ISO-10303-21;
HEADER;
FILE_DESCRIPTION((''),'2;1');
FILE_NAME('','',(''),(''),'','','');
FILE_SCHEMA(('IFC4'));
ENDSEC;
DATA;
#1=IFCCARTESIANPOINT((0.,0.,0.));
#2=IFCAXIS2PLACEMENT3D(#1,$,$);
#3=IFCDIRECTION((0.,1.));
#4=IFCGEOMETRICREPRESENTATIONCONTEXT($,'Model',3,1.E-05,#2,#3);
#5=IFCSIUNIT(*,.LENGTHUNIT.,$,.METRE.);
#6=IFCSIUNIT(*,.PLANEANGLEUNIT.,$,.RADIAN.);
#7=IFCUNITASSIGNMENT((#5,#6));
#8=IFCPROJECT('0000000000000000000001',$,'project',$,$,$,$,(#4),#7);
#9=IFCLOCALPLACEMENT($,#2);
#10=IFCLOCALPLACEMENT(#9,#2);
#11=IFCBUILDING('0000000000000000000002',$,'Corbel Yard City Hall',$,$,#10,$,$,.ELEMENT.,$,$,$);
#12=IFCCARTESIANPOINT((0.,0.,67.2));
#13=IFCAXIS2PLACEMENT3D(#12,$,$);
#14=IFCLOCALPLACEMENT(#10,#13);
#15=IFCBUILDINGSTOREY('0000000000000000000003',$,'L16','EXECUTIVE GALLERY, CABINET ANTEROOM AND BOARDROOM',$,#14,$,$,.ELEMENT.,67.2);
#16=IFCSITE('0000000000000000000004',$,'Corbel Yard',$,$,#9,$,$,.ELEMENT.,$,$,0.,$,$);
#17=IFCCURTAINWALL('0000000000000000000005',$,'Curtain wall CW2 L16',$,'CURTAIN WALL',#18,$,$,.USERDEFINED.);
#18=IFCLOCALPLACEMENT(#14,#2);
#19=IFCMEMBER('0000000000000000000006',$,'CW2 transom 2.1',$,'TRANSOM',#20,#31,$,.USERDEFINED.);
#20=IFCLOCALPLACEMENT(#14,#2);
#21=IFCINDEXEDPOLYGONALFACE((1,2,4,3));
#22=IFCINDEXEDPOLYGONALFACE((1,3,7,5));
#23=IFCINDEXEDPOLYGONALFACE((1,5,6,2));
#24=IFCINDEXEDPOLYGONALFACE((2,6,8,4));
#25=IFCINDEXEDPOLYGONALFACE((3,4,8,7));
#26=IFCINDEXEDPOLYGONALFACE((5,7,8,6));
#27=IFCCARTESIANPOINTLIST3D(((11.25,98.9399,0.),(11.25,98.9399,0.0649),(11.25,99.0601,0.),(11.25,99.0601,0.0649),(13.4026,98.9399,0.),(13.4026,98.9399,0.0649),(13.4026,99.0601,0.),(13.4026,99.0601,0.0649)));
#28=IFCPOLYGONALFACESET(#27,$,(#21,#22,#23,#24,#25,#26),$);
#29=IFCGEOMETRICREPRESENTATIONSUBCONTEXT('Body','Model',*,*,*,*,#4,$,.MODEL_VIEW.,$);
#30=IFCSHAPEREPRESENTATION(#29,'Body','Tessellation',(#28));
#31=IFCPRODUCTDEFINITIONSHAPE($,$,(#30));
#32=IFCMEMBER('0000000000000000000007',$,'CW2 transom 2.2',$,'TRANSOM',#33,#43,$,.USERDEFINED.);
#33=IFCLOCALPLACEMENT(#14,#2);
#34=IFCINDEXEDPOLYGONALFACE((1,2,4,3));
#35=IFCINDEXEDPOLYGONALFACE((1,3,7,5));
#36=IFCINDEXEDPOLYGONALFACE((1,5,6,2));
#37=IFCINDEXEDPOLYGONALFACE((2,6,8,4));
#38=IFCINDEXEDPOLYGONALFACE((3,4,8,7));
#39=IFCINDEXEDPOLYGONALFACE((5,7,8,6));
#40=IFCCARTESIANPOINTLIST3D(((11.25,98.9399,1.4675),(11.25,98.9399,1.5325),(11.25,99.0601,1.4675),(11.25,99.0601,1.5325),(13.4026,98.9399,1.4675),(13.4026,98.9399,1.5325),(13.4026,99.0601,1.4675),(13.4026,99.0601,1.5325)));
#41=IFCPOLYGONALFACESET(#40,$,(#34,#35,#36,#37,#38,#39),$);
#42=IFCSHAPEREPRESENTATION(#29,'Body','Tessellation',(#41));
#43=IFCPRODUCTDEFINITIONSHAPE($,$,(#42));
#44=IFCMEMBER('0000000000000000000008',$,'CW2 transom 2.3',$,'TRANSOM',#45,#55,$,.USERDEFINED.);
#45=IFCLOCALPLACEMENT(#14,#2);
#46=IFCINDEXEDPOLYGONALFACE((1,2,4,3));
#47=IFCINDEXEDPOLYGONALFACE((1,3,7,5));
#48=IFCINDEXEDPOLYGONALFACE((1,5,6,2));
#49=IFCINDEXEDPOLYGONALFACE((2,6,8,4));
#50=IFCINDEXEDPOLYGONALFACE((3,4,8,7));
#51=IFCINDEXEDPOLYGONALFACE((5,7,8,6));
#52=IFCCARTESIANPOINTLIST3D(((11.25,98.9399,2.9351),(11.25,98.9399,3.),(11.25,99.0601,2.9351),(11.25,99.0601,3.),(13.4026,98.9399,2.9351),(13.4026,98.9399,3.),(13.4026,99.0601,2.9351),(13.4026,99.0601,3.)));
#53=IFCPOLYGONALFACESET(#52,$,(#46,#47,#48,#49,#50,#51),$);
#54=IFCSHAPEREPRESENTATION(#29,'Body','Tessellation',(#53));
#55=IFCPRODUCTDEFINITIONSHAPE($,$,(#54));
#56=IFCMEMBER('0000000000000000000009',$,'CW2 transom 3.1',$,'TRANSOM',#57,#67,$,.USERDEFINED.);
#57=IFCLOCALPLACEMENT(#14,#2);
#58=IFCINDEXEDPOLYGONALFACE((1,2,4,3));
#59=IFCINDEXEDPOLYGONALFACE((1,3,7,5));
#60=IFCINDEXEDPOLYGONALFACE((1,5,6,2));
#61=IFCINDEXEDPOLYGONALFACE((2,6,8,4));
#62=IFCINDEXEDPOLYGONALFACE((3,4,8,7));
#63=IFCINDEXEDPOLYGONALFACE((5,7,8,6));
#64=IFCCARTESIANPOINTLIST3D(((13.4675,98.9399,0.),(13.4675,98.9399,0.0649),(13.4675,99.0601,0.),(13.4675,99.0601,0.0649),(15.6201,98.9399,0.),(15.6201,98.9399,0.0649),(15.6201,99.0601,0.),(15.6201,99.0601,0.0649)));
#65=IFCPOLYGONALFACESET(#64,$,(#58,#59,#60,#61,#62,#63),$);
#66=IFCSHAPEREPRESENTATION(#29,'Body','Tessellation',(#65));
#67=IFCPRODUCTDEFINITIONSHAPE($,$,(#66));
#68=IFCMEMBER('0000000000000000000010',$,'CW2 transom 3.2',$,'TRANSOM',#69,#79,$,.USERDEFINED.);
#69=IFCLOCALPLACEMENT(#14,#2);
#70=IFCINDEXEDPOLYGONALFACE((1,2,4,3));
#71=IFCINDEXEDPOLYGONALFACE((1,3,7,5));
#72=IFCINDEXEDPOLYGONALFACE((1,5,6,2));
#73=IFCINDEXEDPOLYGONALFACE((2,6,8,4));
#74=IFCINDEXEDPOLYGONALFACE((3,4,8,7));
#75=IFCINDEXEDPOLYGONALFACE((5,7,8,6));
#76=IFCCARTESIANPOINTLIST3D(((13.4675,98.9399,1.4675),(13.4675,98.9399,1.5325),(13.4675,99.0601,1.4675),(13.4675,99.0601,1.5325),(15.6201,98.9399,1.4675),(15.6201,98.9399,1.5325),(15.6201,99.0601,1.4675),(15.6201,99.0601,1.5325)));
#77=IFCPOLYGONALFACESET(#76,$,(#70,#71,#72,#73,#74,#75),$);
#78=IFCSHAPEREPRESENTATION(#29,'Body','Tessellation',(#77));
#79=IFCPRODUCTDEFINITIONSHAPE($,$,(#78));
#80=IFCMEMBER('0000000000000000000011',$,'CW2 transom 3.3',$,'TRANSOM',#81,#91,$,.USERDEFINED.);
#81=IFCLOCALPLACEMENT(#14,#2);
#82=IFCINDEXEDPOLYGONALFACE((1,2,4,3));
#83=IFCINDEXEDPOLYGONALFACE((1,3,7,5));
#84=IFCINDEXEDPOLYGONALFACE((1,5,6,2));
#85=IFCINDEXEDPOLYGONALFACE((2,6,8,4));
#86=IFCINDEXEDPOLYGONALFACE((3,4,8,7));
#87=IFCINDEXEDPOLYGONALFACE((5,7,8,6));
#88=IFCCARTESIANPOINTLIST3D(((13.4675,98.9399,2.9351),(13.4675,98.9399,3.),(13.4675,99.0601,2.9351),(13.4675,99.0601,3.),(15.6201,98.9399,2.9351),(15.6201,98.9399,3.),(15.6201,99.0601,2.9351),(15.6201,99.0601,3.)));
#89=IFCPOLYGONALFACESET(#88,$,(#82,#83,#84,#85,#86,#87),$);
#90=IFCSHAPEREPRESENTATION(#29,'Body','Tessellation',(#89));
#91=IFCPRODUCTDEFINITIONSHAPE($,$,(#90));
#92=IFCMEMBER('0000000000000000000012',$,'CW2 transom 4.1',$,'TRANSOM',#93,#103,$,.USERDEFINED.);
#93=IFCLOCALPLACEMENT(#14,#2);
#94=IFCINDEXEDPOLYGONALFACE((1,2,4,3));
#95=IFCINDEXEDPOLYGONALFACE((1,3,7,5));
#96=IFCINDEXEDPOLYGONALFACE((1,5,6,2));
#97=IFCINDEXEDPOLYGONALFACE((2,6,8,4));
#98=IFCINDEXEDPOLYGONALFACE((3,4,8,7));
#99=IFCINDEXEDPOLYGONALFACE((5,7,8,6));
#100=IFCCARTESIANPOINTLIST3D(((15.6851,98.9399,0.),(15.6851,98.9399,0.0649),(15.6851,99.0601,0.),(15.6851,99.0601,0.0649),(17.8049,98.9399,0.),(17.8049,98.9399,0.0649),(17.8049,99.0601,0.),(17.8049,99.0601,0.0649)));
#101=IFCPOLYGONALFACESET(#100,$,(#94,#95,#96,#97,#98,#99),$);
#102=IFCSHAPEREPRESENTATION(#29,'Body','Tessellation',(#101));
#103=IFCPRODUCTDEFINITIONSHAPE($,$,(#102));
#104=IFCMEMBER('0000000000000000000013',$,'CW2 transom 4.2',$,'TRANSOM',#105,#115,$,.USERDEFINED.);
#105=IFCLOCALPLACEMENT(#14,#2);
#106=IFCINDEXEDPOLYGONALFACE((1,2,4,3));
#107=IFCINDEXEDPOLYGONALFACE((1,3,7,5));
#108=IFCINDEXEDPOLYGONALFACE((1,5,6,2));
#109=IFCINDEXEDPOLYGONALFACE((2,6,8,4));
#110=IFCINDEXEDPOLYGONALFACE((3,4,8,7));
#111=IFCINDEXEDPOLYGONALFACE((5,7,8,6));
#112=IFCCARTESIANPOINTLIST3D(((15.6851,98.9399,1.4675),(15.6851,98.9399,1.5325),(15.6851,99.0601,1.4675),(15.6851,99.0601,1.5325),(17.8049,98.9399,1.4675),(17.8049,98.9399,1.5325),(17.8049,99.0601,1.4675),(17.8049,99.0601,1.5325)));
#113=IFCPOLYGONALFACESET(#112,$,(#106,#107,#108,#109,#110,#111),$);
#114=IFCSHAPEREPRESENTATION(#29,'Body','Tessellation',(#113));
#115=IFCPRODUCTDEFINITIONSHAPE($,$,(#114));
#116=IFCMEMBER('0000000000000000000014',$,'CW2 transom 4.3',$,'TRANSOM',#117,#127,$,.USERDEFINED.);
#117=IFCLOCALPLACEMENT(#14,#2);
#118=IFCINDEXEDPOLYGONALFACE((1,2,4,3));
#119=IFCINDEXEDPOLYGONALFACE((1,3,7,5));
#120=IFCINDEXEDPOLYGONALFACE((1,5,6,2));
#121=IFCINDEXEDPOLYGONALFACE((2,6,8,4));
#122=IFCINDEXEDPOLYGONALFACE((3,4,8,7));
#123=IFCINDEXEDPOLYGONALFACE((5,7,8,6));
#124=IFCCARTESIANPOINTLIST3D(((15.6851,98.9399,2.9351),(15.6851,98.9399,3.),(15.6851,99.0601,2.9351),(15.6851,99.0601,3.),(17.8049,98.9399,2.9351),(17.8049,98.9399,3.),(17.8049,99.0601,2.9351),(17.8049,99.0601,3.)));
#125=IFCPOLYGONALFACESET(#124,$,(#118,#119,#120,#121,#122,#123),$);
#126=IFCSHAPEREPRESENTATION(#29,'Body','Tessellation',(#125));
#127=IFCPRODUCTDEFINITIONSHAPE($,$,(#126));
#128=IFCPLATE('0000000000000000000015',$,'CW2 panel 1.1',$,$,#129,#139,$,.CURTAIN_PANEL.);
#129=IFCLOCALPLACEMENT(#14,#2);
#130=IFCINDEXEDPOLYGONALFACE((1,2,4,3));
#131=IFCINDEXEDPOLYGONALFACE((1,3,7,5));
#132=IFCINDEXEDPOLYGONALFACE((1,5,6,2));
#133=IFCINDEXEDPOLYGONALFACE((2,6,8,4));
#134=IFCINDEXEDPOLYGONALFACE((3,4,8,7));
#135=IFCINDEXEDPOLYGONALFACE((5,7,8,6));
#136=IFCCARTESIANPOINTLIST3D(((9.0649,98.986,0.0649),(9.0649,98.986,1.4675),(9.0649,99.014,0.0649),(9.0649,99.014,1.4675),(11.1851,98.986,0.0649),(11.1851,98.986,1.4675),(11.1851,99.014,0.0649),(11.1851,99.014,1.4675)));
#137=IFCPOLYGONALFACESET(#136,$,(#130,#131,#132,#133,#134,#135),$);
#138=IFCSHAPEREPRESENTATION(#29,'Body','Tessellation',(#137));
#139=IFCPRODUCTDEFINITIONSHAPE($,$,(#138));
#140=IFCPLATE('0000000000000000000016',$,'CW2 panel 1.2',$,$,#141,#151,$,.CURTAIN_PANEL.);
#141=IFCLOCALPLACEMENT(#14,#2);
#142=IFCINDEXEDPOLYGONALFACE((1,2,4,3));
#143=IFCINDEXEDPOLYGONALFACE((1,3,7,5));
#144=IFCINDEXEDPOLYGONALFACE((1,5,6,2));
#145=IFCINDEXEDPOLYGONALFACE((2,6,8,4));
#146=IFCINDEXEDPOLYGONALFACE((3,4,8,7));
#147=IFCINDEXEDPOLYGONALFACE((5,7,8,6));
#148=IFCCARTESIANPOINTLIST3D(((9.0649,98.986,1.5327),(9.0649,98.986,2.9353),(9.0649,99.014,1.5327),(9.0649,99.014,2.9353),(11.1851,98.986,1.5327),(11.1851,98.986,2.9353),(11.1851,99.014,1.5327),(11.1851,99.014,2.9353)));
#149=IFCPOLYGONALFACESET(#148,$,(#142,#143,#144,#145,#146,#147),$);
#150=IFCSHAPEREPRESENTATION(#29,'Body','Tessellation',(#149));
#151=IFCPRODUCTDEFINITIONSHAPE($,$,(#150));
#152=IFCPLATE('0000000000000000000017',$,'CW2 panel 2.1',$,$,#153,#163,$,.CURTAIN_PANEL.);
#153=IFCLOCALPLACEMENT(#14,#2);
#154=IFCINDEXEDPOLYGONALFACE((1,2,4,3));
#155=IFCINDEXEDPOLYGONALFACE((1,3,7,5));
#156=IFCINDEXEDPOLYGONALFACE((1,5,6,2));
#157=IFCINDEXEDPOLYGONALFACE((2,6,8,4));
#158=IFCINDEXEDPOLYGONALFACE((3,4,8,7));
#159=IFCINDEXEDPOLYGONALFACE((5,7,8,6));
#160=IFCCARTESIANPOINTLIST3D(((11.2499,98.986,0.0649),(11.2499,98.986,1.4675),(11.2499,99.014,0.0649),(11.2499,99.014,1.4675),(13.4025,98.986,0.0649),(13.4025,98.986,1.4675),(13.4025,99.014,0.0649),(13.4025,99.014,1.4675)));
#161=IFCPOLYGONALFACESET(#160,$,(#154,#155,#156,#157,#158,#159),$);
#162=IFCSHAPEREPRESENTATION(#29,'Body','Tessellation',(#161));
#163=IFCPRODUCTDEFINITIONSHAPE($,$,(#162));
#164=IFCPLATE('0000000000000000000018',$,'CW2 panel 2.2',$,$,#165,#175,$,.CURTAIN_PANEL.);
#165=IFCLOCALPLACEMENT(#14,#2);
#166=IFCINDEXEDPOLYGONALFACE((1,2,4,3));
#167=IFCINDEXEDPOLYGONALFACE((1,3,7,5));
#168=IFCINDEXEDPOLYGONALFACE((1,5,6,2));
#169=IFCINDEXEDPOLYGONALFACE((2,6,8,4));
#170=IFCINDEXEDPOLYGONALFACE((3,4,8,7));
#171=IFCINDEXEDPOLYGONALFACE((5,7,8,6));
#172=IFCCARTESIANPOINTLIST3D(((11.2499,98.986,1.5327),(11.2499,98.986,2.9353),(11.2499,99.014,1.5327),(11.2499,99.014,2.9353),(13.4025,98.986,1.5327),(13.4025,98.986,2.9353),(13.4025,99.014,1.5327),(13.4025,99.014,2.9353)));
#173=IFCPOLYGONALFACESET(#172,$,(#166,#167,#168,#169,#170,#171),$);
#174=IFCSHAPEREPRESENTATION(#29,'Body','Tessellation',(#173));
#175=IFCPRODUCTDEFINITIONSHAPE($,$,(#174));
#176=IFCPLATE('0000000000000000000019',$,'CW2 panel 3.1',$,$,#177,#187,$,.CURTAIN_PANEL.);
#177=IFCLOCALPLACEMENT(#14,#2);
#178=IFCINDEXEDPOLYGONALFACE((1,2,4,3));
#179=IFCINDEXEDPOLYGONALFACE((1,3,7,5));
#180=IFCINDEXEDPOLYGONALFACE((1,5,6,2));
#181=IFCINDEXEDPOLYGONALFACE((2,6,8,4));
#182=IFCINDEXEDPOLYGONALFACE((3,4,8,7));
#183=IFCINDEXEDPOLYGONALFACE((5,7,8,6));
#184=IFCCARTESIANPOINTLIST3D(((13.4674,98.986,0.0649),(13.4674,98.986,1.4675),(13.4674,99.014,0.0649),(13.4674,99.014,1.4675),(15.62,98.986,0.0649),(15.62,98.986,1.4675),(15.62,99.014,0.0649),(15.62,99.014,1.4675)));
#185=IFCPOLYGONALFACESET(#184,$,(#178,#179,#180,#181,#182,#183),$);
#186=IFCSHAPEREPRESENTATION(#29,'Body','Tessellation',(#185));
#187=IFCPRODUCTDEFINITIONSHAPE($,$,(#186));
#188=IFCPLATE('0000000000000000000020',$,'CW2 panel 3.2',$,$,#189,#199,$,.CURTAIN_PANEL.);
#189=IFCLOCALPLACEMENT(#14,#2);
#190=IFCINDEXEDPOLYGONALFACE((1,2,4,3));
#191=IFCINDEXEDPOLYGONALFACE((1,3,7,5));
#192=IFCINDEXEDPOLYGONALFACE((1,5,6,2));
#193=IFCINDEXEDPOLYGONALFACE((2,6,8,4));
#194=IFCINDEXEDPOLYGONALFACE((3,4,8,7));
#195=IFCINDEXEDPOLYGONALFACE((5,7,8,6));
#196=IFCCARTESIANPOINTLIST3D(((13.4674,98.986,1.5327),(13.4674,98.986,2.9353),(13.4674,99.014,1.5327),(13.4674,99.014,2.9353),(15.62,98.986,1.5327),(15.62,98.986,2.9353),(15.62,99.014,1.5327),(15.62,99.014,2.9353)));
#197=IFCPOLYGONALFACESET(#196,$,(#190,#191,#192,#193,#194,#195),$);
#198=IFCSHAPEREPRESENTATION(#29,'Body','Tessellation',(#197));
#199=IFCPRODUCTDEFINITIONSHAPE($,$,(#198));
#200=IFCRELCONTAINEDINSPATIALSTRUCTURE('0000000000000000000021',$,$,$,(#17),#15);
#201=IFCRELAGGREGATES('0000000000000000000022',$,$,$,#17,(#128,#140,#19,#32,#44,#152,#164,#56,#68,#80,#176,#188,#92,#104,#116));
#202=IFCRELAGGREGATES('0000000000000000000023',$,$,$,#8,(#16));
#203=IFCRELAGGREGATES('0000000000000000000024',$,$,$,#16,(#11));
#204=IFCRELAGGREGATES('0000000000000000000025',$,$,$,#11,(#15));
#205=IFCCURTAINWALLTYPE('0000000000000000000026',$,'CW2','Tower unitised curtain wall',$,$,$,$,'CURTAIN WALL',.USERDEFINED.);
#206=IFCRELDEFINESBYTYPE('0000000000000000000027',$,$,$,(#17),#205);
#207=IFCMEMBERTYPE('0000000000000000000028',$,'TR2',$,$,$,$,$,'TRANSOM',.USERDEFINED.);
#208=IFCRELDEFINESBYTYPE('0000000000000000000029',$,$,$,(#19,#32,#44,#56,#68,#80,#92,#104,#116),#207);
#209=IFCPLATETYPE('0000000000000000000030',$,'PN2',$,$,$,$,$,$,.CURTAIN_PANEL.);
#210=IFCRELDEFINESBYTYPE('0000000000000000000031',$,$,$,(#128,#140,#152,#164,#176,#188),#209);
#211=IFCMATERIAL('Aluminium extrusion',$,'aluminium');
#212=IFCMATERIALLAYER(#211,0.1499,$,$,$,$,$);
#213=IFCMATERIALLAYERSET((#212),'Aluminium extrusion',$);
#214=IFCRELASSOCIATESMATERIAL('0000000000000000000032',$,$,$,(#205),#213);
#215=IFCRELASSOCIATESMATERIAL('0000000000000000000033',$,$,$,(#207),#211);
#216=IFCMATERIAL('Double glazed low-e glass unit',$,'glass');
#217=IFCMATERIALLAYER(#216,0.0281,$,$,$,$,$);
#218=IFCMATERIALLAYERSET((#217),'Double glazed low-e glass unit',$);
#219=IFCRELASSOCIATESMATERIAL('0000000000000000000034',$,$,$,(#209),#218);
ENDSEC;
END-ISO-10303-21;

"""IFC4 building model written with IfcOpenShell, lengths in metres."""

from ifc_helpers import new_model, si_unit, direction, frame, origin, origin_2d, place, context, subcontext, project, spatial, rectangle, extrude, material, layer, layer_set, material_profile, profile_set, type_object, element, aggregate, save


model = new_model("IFC4")

# Units and contexts
model_context = context("Model", 3, precision=1e-05, world=origin(), true_north=direction((0.0, 1.0)))
body_context = subcontext(model_context, "Body", "Model", "MODEL_VIEW")
ifc_project = project(units=[si_unit("LENGTHUNIT", "METRE"), si_unit("PLANEANGLEUNIT", "RADIAN")], contexts=[model_context])

# Site, building, storey
site_placement = place(None, origin())
site = spatial("IfcSite", under=ifc_project, at=site_placement, Name="Corbel Yard", CompositionType="ELEMENT", RefElevation=0.0)
building_placement = place(site_placement, origin())
building = spatial("IfcBuilding", under=site, at=building_placement, Name="Corbel Yard City Hall", CompositionType="ELEMENT")
storey_placement = place(building_placement, frame((0.0, 0.0, 67.2)))
storey = spatial("IfcBuildingStorey", under=building, at=storey_placement, Name="L16", Description="EXECUTIVE GALLERY, CABINET ANTEROOM AND BOARDROOM", CompositionType="ELEMENT", Elevation=67.2)

# Curtain wall, members, plates
ifc_material_1 = material(Name="Aluminium extrusion", Category="aluminium")
ifc_layer_1 = layer(ifc_material_1, 0.1499)
ifc_layer_set_1 = layer_set([ifc_layer_1], Name="Aluminium extrusion")
curtain_wall_type = type_object("IfcCurtainWallType", Name="CW2", Description="Tower unitised curtain wall", ElementType="CURTAIN WALL", PredefinedType="USERDEFINED", material=ifc_layer_set_1)
curtain_wall_placement = place(storey_placement, origin())
curtain_wall = element("IfcCurtainWall", 1, at=curtain_wall_placement, inside=storey, type_object=curtain_wall_type, Name="Curtain wall CW2 L16", ObjectType="CURTAIN WALL", PredefinedType="USERDEFINED")
ifc_material_profile_1 = material_profile(ifc_material_1, rectangle(XDim=0.1201, YDim=0.0649, at=origin_2d()), Name="120x65")
ifc_profile_set_1 = profile_set([ifc_material_profile_1], Name="Aluminium extrusion")
member_type_1 = type_object("IfcMemberType", Name="TR2", ElementType="TRANSOM", PredefinedType="USERDEFINED", material=ifc_profile_set_1)
member_1_placement = place(storey_placement, frame((11.25, 99.0, 0.0325), z_axis=(1.0, 0.0, 0.0), x_axis=(0.0, 1.0, 0.0)))
member_1 = element("IfcMember", 2, at=member_1_placement, type_object=member_type_1, Name="CW2 transom 2.1", ObjectType="TRANSOM", PredefinedType="USERDEFINED", context=body_context, shape_type="SweptSolid", body=[
    extrude(rectangle(XDim=0.1201, YDim=0.0649, at=origin_2d()), origin(), (0.0, 0.0, 1.0), 2.1526),
])
member_2_placement = place(storey_placement, frame((11.25, 99.0, 1.5), z_axis=(1.0, 0.0, 0.0), x_axis=(0.0, 1.0, 0.0)))
member_2 = element("IfcMember", 3, at=member_2_placement, type_object=member_type_1, Name="CW2 transom 2.2", ObjectType="TRANSOM", PredefinedType="USERDEFINED", context=body_context, shape_type="SweptSolid", body=[
    extrude(rectangle(XDim=0.1201, YDim=0.0649, at=origin_2d()), origin(), (0.0, 0.0, 1.0), 2.1526),
])
member_3_placement = place(storey_placement, frame((11.25, 99.0, 2.9675), z_axis=(1.0, 0.0, 0.0), x_axis=(0.0, 1.0, 0.0)))
member_3 = element("IfcMember", 4, at=member_3_placement, type_object=member_type_1, Name="CW2 transom 2.3", ObjectType="TRANSOM", PredefinedType="USERDEFINED", context=body_context, shape_type="SweptSolid", body=[
    extrude(rectangle(XDim=0.1201, YDim=0.0649, at=origin_2d()), origin(), (0.0, 0.0, 1.0), 2.1526),
])
member_4_placement = place(storey_placement, frame((13.4675, 99.0, 0.0325), z_axis=(1.0, 0.0, 0.0), x_axis=(0.0, 1.0, 0.0)))
member_4 = element("IfcMember", 5, at=member_4_placement, type_object=member_type_1, Name="CW2 transom 3.1", ObjectType="TRANSOM", PredefinedType="USERDEFINED", context=body_context, shape_type="SweptSolid", body=[
    extrude(rectangle(XDim=0.1201, YDim=0.0649, at=origin_2d()), origin(), (0.0, 0.0, 1.0), 2.1526),
])
member_5_placement = place(storey_placement, frame((13.4675, 99.0, 1.5), z_axis=(1.0, 0.0, 0.0), x_axis=(0.0, 1.0, 0.0)))
member_5 = element("IfcMember", 6, at=member_5_placement, type_object=member_type_1, Name="CW2 transom 3.2", ObjectType="TRANSOM", PredefinedType="USERDEFINED", context=body_context, shape_type="SweptSolid", body=[
    extrude(rectangle(XDim=0.1201, YDim=0.0649, at=origin_2d()), origin(), (0.0, 0.0, 1.0), 2.1526),
])
member_6_placement = place(storey_placement, frame((13.4675, 99.0, 2.9675), z_axis=(1.0, 0.0, 0.0), x_axis=(0.0, 1.0, 0.0)))
member_6 = element("IfcMember", 7, at=member_6_placement, type_object=member_type_1, Name="CW2 transom 3.3", ObjectType="TRANSOM", PredefinedType="USERDEFINED", context=body_context, shape_type="SweptSolid", body=[
    extrude(rectangle(XDim=0.1201, YDim=0.0649, at=origin_2d()), origin(), (0.0, 0.0, 1.0), 2.1526),
])
member_7_placement = place(storey_placement, frame((15.6851, 99.0, 0.0325), z_axis=(1.0, 0.0, 0.0), x_axis=(0.0, 1.0, 0.0)))
member_7 = element("IfcMember", 8, at=member_7_placement, type_object=member_type_1, Name="CW2 transom 4.1", ObjectType="TRANSOM", PredefinedType="USERDEFINED", context=body_context, shape_type="SweptSolid", body=[
    extrude(rectangle(XDim=0.1201, YDim=0.0649, at=origin_2d()), origin(), (0.0, 0.0, 1.0), 2.1199),
])
member_8_placement = place(storey_placement, frame((15.6851, 99.0, 1.5), z_axis=(1.0, 0.0, 0.0), x_axis=(0.0, 1.0, 0.0)))
member_8 = element("IfcMember", 9, at=member_8_placement, type_object=member_type_1, Name="CW2 transom 4.2", ObjectType="TRANSOM", PredefinedType="USERDEFINED", context=body_context, shape_type="SweptSolid", body=[
    extrude(rectangle(XDim=0.1201, YDim=0.0649, at=origin_2d()), origin(), (0.0, 0.0, 1.0), 2.1199),
])
member_9_placement = place(storey_placement, frame((15.6851, 99.0, 2.9675), z_axis=(1.0, 0.0, 0.0), x_axis=(0.0, 1.0, 0.0)))
member_9 = element("IfcMember", 10, at=member_9_placement, type_object=member_type_1, Name="CW2 transom 4.3", ObjectType="TRANSOM", PredefinedType="USERDEFINED", context=body_context, shape_type="SweptSolid", body=[
    extrude(rectangle(XDim=0.1201, YDim=0.0649, at=origin_2d()), origin(), (0.0, 0.0, 1.0), 2.1199),
])
ifc_material_2 = material(Name="Double glazed low-e glass unit", Category="glass")
ifc_layer_2 = layer(ifc_material_2, 0.0281)
ifc_layer_set_2 = layer_set([ifc_layer_2], Name="Double glazed low-e glass unit")
plate_type = type_object("IfcPlateType", Name="PN2", PredefinedType="CURTAIN_PANEL", material=ifc_layer_set_2)
plate_1_placement = place(storey_placement, frame((10.125, 99.0, 0.0649), z_axis=(0.0, 0.0, 1.0), x_axis=(1.0, 0.0, 0.0)))
plate_1 = element("IfcPlate", 11, at=plate_1_placement, type_object=plate_type, Name="CW2 panel 1.1", PredefinedType="CURTAIN_PANEL", context=body_context, shape_type="SweptSolid", body=[
    extrude(rectangle(XDim=2.1201, YDim=0.0281, at=origin_2d()), origin(), (0.0, 0.0, 1.0), 1.4026),
])
plate_2_placement = place(storey_placement, frame((10.125, 99.0, 1.5327), z_axis=(0.0, 0.0, 1.0), x_axis=(1.0, 0.0, 0.0)))
plate_2 = element("IfcPlate", 12, at=plate_2_placement, type_object=plate_type, Name="CW2 panel 1.2", PredefinedType="CURTAIN_PANEL", context=body_context, shape_type="SweptSolid", body=[
    extrude(rectangle(XDim=2.1201, YDim=0.0281, at=origin_2d()), origin(), (0.0, 0.0, 1.0), 1.4026),
])
plate_3_placement = place(storey_placement, frame((12.3262, 99.0, 0.0649), z_axis=(0.0, 0.0, 1.0), x_axis=(1.0, 0.0, 0.0)))
plate_3 = element("IfcPlate", 13, at=plate_3_placement, type_object=plate_type, Name="CW2 panel 2.1", PredefinedType="CURTAIN_PANEL", context=body_context, shape_type="SweptSolid", body=[
    extrude(rectangle(XDim=2.1526, YDim=0.0281, at=origin_2d()), origin(), (0.0, 0.0, 1.0), 1.4026),
])
plate_4_placement = place(storey_placement, frame((12.3262, 99.0, 1.5327), z_axis=(0.0, 0.0, 1.0), x_axis=(1.0, 0.0, 0.0)))
plate_4 = element("IfcPlate", 14, at=plate_4_placement, type_object=plate_type, Name="CW2 panel 2.2", PredefinedType="CURTAIN_PANEL", context=body_context, shape_type="SweptSolid", body=[
    extrude(rectangle(XDim=2.1526, YDim=0.0281, at=origin_2d()), origin(), (0.0, 0.0, 1.0), 1.4026),
])
plate_5_placement = place(storey_placement, frame((14.5437, 99.0, 0.0649), z_axis=(0.0, 0.0, 1.0), x_axis=(1.0, 0.0, 0.0)))
plate_5 = element("IfcPlate", 15, at=plate_5_placement, type_object=plate_type, Name="CW2 panel 3.1", PredefinedType="CURTAIN_PANEL", context=body_context, shape_type="SweptSolid", body=[
    extrude(rectangle(XDim=2.1526, YDim=0.0281, at=origin_2d()), origin(), (0.0, 0.0, 1.0), 1.4026),
])
plate_6_placement = place(storey_placement, frame((14.5437, 99.0, 1.5327), z_axis=(0.0, 0.0, 1.0), x_axis=(1.0, 0.0, 0.0)))
plate_6 = element("IfcPlate", 16, at=plate_6_placement, type_object=plate_type, Name="CW2 panel 3.2", PredefinedType="CURTAIN_PANEL", context=body_context, shape_type="SweptSolid", body=[
    extrude(rectangle(XDim=2.1526, YDim=0.0281, at=origin_2d()), origin(), (0.0, 0.0, 1.0), 1.4026),
])
aggregate(curtain_wall, [plate_1, plate_2, member_1, member_2, member_3, plate_3, plate_4, member_4, member_5, member_6, plate_5, plate_6, member_7, member_8, member_9])

save(model, "model.ifc")
